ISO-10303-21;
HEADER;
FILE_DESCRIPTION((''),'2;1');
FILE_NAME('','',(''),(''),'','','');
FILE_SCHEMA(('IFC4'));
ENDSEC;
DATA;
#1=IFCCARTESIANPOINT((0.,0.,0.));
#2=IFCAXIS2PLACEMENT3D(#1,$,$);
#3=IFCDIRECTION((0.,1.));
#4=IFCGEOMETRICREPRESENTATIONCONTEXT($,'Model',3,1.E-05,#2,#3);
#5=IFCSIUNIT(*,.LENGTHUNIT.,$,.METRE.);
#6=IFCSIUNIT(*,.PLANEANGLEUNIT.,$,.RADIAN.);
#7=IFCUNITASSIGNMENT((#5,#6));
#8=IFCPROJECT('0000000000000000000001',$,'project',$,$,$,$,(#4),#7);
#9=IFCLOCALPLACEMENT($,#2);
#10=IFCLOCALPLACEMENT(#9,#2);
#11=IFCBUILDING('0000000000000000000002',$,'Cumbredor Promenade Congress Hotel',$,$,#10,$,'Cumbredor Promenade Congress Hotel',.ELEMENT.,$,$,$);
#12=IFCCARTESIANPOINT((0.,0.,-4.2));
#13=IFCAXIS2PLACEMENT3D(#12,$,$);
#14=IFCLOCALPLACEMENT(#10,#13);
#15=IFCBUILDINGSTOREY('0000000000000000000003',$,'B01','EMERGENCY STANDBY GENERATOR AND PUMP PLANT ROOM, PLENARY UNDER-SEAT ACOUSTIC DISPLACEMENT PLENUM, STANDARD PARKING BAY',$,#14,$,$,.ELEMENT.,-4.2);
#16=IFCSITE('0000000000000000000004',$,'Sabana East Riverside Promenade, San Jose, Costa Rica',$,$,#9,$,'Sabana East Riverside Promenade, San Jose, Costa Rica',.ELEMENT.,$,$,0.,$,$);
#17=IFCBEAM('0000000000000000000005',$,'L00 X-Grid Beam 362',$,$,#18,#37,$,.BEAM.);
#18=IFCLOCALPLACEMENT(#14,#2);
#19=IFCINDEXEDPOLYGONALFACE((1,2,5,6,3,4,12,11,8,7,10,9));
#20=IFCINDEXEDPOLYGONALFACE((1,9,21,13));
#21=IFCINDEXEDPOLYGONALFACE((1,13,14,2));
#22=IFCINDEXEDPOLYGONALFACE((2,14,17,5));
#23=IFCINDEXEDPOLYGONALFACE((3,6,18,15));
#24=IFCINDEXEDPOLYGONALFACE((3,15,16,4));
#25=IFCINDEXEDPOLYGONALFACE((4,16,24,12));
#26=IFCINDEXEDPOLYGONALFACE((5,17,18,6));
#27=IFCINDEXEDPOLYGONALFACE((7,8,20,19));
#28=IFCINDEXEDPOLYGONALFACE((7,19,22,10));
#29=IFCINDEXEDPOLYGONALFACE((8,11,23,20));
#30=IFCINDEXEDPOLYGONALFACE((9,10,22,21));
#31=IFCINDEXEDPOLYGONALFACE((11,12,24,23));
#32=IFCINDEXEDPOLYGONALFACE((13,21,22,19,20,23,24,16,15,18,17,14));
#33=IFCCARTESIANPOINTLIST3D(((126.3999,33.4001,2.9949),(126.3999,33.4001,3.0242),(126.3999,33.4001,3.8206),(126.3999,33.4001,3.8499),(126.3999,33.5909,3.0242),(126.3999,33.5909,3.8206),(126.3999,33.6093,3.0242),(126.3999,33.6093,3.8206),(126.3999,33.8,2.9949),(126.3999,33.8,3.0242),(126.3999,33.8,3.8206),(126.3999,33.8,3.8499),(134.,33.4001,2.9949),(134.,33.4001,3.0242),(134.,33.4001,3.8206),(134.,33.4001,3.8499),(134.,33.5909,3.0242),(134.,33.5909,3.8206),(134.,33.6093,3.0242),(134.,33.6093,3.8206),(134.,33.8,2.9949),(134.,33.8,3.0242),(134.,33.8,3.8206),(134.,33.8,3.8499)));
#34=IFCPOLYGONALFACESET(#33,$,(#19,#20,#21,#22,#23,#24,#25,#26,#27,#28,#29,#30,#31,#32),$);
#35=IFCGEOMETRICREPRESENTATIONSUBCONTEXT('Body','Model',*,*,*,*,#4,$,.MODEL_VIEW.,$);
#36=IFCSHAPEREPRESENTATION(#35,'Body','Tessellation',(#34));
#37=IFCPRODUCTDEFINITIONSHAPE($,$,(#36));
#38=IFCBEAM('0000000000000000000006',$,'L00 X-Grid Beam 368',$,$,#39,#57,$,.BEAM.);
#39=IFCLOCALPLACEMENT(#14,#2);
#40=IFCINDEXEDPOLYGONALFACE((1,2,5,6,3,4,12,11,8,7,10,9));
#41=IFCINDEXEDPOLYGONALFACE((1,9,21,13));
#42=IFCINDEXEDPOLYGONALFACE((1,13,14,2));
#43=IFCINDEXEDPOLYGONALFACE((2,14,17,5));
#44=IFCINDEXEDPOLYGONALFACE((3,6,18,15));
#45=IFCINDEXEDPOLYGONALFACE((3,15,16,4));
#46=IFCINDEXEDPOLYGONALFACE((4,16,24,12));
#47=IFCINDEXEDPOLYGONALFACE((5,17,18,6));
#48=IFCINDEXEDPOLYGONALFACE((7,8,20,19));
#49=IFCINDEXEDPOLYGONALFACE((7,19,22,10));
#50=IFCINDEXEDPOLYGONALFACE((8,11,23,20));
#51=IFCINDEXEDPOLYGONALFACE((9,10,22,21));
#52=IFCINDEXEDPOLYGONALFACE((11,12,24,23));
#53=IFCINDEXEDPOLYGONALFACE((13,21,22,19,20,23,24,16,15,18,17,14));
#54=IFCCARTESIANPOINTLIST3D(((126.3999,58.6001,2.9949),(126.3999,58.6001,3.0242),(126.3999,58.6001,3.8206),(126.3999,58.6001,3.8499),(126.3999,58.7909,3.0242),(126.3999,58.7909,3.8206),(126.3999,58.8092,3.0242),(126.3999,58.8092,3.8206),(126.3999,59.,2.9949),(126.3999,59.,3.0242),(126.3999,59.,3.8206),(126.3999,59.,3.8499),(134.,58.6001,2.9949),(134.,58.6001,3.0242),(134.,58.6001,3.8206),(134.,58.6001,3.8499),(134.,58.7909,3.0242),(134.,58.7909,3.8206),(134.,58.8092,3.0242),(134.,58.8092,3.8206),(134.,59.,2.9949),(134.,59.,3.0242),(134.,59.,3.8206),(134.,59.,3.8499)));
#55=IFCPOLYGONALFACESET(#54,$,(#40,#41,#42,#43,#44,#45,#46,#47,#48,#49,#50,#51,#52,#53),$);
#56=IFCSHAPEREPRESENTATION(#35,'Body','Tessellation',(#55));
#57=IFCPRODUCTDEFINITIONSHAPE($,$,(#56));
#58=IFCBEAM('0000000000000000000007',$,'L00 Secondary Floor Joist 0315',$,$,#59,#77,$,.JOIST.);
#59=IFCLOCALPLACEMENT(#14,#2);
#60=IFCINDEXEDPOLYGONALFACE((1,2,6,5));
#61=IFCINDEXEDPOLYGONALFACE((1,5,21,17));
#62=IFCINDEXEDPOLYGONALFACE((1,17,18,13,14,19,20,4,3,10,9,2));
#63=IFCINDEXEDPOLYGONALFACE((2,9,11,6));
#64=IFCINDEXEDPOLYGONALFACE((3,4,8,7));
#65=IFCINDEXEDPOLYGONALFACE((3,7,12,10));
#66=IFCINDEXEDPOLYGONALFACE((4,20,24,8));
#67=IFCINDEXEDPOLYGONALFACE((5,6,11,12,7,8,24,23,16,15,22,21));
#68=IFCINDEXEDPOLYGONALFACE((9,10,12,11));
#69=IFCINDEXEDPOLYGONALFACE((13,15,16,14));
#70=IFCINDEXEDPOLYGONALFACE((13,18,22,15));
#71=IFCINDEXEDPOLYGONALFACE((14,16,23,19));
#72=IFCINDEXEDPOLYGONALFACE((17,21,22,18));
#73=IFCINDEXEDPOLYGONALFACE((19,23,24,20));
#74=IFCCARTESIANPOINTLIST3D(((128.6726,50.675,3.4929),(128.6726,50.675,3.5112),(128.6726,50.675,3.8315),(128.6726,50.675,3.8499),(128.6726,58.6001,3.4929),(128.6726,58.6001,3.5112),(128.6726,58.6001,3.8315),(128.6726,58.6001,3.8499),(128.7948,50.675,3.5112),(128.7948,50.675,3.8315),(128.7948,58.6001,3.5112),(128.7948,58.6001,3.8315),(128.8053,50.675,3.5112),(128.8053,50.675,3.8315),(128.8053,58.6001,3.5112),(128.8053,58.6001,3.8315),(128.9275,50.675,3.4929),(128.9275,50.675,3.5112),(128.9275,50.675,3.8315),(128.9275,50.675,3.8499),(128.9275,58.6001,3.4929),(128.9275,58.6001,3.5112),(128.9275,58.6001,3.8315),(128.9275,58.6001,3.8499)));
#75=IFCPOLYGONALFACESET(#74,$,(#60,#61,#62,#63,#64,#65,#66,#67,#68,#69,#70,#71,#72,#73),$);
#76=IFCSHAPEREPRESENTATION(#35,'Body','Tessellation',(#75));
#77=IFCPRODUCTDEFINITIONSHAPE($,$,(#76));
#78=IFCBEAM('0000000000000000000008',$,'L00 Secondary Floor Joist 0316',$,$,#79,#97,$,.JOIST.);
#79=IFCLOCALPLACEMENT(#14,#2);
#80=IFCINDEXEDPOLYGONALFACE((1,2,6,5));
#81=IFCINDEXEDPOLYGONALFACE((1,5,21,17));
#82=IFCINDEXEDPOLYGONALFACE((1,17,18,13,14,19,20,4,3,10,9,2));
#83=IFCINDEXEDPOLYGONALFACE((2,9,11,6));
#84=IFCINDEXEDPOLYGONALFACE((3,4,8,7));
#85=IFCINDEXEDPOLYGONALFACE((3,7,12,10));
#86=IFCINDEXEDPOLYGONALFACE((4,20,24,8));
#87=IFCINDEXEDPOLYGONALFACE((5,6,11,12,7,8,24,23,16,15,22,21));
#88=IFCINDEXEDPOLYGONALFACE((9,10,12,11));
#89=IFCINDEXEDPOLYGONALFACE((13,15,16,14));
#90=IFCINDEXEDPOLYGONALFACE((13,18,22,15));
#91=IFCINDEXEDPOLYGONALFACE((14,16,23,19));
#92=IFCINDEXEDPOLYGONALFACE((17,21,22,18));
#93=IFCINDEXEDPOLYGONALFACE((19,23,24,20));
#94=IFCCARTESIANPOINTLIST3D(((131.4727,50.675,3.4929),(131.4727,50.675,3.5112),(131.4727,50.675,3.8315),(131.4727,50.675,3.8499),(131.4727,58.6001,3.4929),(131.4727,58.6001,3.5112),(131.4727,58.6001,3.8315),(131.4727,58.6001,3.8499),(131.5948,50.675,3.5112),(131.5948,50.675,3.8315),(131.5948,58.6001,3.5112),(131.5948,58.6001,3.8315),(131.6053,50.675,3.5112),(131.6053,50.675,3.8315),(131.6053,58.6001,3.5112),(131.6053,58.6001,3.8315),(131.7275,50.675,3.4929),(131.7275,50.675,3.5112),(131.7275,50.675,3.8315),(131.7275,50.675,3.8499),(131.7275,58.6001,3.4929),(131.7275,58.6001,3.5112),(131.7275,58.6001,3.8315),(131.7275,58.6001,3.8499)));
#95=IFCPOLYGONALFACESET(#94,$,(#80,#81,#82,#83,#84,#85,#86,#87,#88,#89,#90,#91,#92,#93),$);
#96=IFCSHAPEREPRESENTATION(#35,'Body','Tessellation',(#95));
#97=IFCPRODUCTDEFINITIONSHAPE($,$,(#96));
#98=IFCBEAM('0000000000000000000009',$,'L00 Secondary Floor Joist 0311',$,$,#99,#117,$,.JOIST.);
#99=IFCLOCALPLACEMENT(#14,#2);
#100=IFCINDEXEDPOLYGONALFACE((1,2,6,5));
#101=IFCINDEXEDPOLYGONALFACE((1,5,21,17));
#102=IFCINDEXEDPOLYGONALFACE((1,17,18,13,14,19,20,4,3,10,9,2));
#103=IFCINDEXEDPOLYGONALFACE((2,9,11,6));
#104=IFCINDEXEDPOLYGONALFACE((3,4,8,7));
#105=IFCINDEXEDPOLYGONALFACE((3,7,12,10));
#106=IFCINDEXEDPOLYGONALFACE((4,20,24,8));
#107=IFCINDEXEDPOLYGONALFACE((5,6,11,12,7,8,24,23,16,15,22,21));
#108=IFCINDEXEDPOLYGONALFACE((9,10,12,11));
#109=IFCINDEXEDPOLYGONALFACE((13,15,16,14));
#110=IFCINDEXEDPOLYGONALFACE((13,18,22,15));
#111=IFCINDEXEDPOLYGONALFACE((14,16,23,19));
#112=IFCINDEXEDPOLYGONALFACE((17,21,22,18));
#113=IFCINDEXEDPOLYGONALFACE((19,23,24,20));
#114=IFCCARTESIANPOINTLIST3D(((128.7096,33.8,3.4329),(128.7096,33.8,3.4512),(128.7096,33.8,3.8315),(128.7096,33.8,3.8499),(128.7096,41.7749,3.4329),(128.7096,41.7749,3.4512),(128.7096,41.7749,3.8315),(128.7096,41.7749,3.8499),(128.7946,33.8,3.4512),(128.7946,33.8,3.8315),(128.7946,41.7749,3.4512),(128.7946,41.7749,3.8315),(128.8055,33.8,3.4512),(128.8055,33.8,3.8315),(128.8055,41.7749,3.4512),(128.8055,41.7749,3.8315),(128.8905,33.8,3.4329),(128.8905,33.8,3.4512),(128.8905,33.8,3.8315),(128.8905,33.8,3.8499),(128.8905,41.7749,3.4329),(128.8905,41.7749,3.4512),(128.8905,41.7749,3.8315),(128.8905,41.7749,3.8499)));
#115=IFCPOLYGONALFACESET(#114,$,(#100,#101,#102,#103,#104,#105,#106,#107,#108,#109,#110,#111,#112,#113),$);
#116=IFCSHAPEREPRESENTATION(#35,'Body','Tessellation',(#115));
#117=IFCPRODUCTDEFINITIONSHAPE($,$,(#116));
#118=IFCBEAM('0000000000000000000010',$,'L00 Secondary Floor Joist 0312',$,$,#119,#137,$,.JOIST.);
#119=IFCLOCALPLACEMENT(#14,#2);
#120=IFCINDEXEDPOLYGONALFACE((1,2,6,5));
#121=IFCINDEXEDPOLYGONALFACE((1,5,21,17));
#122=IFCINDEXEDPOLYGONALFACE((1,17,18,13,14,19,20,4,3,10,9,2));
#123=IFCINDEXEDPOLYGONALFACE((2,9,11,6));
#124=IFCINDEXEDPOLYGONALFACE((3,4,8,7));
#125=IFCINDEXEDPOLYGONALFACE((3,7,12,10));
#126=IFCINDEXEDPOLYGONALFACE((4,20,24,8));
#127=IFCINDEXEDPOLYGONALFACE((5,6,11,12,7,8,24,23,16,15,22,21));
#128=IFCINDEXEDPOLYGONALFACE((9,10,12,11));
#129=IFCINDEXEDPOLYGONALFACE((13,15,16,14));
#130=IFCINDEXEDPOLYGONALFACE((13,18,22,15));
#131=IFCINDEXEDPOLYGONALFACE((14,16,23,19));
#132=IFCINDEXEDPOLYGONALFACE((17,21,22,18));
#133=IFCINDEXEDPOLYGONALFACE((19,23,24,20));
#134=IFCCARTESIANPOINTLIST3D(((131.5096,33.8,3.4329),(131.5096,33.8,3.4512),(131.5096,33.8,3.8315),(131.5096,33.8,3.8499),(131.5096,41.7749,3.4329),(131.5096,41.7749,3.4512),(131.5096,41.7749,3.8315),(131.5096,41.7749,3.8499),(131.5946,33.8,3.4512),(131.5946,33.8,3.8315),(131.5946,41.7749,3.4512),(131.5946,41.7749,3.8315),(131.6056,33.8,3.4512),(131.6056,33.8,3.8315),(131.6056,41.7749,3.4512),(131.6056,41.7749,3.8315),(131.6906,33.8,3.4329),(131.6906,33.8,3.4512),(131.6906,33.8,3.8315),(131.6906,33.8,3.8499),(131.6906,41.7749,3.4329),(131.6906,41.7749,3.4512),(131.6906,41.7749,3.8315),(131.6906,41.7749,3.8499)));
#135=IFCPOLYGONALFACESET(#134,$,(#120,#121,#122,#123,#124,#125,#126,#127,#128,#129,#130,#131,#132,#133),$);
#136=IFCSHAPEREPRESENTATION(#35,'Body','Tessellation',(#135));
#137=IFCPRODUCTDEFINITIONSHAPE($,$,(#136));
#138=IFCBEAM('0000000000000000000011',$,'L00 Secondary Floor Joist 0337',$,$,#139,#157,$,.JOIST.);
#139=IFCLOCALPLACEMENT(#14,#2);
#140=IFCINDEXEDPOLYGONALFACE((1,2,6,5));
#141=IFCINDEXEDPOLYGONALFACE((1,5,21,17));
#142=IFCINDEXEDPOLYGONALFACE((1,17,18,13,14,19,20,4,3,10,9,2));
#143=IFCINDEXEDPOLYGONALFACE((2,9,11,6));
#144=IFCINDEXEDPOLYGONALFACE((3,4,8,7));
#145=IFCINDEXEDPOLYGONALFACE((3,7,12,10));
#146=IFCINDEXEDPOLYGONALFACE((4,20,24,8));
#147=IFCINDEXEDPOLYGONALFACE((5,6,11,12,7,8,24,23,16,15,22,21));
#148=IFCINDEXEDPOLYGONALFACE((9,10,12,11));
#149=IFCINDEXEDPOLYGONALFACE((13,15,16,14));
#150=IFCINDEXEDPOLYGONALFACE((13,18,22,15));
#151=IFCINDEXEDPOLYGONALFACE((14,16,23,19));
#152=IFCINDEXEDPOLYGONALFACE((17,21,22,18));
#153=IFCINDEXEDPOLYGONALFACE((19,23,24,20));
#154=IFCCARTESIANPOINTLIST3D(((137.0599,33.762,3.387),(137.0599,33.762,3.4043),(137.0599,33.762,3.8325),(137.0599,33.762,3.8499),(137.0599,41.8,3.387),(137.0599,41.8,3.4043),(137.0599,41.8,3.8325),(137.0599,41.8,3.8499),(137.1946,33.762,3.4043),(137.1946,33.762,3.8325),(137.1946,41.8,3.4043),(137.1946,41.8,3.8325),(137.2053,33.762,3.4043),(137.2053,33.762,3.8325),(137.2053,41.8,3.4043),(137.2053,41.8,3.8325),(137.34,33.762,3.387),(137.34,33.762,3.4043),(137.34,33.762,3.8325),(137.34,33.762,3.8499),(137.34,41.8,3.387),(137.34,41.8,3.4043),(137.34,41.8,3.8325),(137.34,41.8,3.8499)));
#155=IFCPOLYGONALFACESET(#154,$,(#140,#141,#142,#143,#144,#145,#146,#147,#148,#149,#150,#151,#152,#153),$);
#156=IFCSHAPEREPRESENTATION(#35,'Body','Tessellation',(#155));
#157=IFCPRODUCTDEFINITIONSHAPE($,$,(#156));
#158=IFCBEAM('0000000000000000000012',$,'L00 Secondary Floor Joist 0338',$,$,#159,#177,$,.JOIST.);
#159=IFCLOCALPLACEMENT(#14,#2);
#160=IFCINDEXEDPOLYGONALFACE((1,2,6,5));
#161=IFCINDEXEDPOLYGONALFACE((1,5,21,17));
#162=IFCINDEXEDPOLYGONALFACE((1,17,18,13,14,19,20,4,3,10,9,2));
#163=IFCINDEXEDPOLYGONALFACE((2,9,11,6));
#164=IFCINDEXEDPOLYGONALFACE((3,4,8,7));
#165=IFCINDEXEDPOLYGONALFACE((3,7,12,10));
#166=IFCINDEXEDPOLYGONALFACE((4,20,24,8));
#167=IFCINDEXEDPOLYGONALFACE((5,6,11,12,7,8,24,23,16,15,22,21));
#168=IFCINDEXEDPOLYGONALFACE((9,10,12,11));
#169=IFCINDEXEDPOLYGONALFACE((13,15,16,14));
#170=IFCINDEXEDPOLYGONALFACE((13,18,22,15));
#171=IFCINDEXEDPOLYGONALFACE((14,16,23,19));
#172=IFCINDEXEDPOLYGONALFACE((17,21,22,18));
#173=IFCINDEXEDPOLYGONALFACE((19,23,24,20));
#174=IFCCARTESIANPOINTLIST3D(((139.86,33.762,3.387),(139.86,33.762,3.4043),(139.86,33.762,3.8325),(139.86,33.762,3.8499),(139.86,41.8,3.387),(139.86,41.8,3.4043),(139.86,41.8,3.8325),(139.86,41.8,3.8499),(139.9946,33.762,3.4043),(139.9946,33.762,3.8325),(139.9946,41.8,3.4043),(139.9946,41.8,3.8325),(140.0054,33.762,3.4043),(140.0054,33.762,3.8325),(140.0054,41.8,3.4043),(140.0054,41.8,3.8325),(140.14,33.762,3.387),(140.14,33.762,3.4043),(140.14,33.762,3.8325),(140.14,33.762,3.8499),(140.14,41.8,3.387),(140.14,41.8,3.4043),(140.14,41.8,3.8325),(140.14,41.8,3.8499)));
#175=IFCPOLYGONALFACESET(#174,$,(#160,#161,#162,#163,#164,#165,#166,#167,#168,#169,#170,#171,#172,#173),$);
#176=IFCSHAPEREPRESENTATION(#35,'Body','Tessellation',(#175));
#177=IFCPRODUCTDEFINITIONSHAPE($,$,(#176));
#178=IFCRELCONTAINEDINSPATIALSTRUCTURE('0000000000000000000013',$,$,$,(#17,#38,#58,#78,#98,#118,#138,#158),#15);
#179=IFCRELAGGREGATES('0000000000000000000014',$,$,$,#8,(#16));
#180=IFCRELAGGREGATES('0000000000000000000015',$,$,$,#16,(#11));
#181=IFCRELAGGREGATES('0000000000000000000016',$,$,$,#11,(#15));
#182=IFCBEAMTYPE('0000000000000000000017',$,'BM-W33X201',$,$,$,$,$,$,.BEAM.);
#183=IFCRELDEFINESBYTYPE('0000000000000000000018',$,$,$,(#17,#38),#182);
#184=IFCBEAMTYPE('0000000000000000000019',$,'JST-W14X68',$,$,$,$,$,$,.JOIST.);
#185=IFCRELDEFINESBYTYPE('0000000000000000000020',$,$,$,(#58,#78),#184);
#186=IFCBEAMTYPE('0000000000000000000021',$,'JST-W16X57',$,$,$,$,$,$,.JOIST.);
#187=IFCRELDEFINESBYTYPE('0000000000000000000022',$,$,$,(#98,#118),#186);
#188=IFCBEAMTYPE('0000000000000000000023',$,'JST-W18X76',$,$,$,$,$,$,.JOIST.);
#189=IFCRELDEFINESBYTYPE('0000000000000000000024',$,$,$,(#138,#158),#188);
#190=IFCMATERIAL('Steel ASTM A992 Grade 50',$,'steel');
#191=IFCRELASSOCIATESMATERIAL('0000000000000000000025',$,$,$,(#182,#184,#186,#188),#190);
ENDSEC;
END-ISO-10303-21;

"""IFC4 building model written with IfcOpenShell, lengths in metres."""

from ifc_helpers import new_model, si_unit, direction, frame, origin, origin_2d, place, context, subcontext, project, spatial, i_section, extrude, material, material_profile, profile_set, type_object, element, save


model = new_model("IFC4")

# Units and contexts
model_context = context("Model", 3, precision=1e-05, world=origin(), true_north=direction((0.0, 1.0)))
body_context = subcontext(model_context, "Body", "Model", "MODEL_VIEW")
ifc_project = project(units=[si_unit("LENGTHUNIT", "METRE"), si_unit("PLANEANGLEUNIT", "RADIAN")], contexts=[model_context])

# Site, building, storey
site_placement = place(None, origin())
site = spatial("IfcSite", under=ifc_project, at=site_placement, Name="Sabana East Riverside Promenade, San Jose, Costa Rica", LongName="Sabana East Riverside Promenade, San Jose, Costa Rica", CompositionType="ELEMENT", RefElevation=0.0)
building_placement = place(site_placement, origin())
building = spatial("IfcBuilding", under=site, at=building_placement, Name="Cumbredor Promenade Congress Hotel", LongName="Cumbredor Promenade Congress Hotel", CompositionType="ELEMENT")
storey_placement = place(building_placement, frame((0.0, 0.0, -4.2)))
storey = spatial("IfcBuildingStorey", under=building, at=storey_placement, Name="B01", Description="EMERGENCY STANDBY GENERATOR AND PUMP PLANT ROOM, PLENARY UNDER-SEAT ACOUSTIC DISPLACEMENT PLENUM, STANDARD PARKING BAY", CompositionType="ELEMENT", Elevation=-4.2)

# Beams
ifc_material_1 = material(Name="Steel ASTM A992 Grade 50", Category="steel")
ifc_material_profile_1 = material_profile(ifc_material_1, i_section(OverallWidth=0.3999, OverallDepth=0.855, WebThickness=0.0183, FlangeThickness=0.0293, at=origin_2d()), Name="W33X201")
ifc_profile_set_1 = profile_set([ifc_material_profile_1], Name="Steel ASTM A992 Grade 50")
beam_type_1 = type_object("IfcBeamType", Name="BM-W33X201", PredefinedType="BEAM", material=ifc_profile_set_1)
for number, where, z_axis, x_axis, name in (
    (1, (126.3999, 33.6001, 3.4224), (1.0, 0.0, 0.0), (0.0, 1.0, 0.0), "L00 X-Grid Beam 362"),
    (2, (126.3999, 58.8, 3.4224), (1.0, 0.0, 0.0), (0.0, 1.0, 0.0), "L00 X-Grid Beam 368"),
):
    element("IfcBeam", number, at=place(storey_placement, frame(where, z_axis=z_axis, x_axis=x_axis)), inside=storey, type_object=beam_type_1, Name=name, PredefinedType="BEAM", context=body_context, shape_type="SweptSolid", body=[
        extrude(i_section(OverallWidth=0.3999, OverallDepth=0.855, WebThickness=0.0183, FlangeThickness=0.0293, at=origin_2d()), origin(), (0.0, 0.0, 1.0), 7.6001),
    ])
ifc_material_profile_2 = material_profile(ifc_material_1, i_section(OverallWidth=0.2549, OverallDepth=0.3569, WebThickness=0.0105, FlangeThickness=0.0183, at=origin_2d()), Name="W14X68")
ifc_profile_set_2 = profile_set([ifc_material_profile_2], Name="Steel ASTM A992 Grade 50")
beam_type_2 = type_object("IfcBeamType", Name="JST-W14X68", PredefinedType="JOIST", material=ifc_profile_set_2)
for number, where, z_axis, x_axis, name in (
    (3, (128.8, 50.675, 3.6714), (0.0, 1.0, 0.0), (-1.0, 0.0, 0.0), "L00 Secondary Floor Joist 0315"),
    (4, (131.6001, 50.675, 3.6714), (0.0, 1.0, 0.0), (-1.0, 0.0, 0.0), "L00 Secondary Floor Joist 0316"),
):
    element("IfcBeam", number, at=place(storey_placement, frame(where, z_axis=z_axis, x_axis=x_axis)), inside=storey, type_object=beam_type_2, Name=name, PredefinedType="JOIST", context=body_context, shape_type="SweptSolid", body=[
        extrude(i_section(OverallWidth=0.2549, OverallDepth=0.3569, WebThickness=0.0105, FlangeThickness=0.0183, at=origin_2d()), origin(), (0.0, 0.0, 1.0), 7.925),
    ])
ifc_material_profile_3 = material_profile(ifc_material_1, i_section(OverallWidth=0.1809, OverallDepth=0.417, WebThickness=0.011, FlangeThickness=0.0183, at=origin_2d()), Name="W16X57")
ifc_profile_set_3 = profile_set([ifc_material_profile_3], Name="Steel ASTM A992 Grade 50")
beam_type_3 = type_object("IfcBeamType", Name="JST-W16X57", PredefinedType="JOIST", material=ifc_profile_set_3)
for number, where, z_axis, x_axis, name in (
    (5, (128.8, 33.8, 3.6414), (0.0, 1.0, 0.0), (-1.0, 0.0, 0.0), "L00 Secondary Floor Joist 0311"),
    (6, (131.6001, 33.8, 3.6414), (0.0, 1.0, 0.0), (-1.0, 0.0, 0.0), "L00 Secondary Floor Joist 0312"),
):
    element("IfcBeam", number, at=place(storey_placement, frame(where, z_axis=z_axis, x_axis=x_axis)), inside=storey, type_object=beam_type_3, Name=name, PredefinedType="JOIST", context=body_context, shape_type="SweptSolid", body=[
        extrude(i_section(OverallWidth=0.1809, OverallDepth=0.417, WebThickness=0.011, FlangeThickness=0.0183, at=origin_2d()), origin(), (0.0, 0.0, 1.0), 7.9749),
    ])
ifc_material_profile_4 = material_profile(ifc_material_1, i_section(OverallWidth=0.28, OverallDepth=0.4629, WebThickness=0.0107, FlangeThickness=0.0173, at=origin_2d()), Name="W18X76")
ifc_profile_set_4 = profile_set([ifc_material_profile_4], Name="Steel ASTM A992 Grade 50")
beam_type_4 = type_object("IfcBeamType", Name="JST-W18X76", PredefinedType="JOIST", material=ifc_profile_set_4)
for number, where, z_axis, x_axis, name in (
    (7, (137.2, 33.762, 3.6184), (0.0, 1.0, 0.0), (-1.0, 0.0, 0.0), "L00 Secondary Floor Joist 0337"),
    (8, (140.0, 33.762, 3.6184), (0.0, 1.0, 0.0), (-1.0, 0.0, 0.0), "L00 Secondary Floor Joist 0338"),
):
    element("IfcBeam", number, at=place(storey_placement, frame(where, z_axis=z_axis, x_axis=x_axis)), inside=storey, type_object=beam_type_4, Name=name, PredefinedType="JOIST", context=body_context, shape_type="SweptSolid", body=[
        extrude(i_section(OverallWidth=0.28, OverallDepth=0.4629, WebThickness=0.0107, FlangeThickness=0.0173, at=origin_2d()), origin(), (0.0, 0.0, 1.0), 8.0381),
    ])

save(model, "model.ifc")
